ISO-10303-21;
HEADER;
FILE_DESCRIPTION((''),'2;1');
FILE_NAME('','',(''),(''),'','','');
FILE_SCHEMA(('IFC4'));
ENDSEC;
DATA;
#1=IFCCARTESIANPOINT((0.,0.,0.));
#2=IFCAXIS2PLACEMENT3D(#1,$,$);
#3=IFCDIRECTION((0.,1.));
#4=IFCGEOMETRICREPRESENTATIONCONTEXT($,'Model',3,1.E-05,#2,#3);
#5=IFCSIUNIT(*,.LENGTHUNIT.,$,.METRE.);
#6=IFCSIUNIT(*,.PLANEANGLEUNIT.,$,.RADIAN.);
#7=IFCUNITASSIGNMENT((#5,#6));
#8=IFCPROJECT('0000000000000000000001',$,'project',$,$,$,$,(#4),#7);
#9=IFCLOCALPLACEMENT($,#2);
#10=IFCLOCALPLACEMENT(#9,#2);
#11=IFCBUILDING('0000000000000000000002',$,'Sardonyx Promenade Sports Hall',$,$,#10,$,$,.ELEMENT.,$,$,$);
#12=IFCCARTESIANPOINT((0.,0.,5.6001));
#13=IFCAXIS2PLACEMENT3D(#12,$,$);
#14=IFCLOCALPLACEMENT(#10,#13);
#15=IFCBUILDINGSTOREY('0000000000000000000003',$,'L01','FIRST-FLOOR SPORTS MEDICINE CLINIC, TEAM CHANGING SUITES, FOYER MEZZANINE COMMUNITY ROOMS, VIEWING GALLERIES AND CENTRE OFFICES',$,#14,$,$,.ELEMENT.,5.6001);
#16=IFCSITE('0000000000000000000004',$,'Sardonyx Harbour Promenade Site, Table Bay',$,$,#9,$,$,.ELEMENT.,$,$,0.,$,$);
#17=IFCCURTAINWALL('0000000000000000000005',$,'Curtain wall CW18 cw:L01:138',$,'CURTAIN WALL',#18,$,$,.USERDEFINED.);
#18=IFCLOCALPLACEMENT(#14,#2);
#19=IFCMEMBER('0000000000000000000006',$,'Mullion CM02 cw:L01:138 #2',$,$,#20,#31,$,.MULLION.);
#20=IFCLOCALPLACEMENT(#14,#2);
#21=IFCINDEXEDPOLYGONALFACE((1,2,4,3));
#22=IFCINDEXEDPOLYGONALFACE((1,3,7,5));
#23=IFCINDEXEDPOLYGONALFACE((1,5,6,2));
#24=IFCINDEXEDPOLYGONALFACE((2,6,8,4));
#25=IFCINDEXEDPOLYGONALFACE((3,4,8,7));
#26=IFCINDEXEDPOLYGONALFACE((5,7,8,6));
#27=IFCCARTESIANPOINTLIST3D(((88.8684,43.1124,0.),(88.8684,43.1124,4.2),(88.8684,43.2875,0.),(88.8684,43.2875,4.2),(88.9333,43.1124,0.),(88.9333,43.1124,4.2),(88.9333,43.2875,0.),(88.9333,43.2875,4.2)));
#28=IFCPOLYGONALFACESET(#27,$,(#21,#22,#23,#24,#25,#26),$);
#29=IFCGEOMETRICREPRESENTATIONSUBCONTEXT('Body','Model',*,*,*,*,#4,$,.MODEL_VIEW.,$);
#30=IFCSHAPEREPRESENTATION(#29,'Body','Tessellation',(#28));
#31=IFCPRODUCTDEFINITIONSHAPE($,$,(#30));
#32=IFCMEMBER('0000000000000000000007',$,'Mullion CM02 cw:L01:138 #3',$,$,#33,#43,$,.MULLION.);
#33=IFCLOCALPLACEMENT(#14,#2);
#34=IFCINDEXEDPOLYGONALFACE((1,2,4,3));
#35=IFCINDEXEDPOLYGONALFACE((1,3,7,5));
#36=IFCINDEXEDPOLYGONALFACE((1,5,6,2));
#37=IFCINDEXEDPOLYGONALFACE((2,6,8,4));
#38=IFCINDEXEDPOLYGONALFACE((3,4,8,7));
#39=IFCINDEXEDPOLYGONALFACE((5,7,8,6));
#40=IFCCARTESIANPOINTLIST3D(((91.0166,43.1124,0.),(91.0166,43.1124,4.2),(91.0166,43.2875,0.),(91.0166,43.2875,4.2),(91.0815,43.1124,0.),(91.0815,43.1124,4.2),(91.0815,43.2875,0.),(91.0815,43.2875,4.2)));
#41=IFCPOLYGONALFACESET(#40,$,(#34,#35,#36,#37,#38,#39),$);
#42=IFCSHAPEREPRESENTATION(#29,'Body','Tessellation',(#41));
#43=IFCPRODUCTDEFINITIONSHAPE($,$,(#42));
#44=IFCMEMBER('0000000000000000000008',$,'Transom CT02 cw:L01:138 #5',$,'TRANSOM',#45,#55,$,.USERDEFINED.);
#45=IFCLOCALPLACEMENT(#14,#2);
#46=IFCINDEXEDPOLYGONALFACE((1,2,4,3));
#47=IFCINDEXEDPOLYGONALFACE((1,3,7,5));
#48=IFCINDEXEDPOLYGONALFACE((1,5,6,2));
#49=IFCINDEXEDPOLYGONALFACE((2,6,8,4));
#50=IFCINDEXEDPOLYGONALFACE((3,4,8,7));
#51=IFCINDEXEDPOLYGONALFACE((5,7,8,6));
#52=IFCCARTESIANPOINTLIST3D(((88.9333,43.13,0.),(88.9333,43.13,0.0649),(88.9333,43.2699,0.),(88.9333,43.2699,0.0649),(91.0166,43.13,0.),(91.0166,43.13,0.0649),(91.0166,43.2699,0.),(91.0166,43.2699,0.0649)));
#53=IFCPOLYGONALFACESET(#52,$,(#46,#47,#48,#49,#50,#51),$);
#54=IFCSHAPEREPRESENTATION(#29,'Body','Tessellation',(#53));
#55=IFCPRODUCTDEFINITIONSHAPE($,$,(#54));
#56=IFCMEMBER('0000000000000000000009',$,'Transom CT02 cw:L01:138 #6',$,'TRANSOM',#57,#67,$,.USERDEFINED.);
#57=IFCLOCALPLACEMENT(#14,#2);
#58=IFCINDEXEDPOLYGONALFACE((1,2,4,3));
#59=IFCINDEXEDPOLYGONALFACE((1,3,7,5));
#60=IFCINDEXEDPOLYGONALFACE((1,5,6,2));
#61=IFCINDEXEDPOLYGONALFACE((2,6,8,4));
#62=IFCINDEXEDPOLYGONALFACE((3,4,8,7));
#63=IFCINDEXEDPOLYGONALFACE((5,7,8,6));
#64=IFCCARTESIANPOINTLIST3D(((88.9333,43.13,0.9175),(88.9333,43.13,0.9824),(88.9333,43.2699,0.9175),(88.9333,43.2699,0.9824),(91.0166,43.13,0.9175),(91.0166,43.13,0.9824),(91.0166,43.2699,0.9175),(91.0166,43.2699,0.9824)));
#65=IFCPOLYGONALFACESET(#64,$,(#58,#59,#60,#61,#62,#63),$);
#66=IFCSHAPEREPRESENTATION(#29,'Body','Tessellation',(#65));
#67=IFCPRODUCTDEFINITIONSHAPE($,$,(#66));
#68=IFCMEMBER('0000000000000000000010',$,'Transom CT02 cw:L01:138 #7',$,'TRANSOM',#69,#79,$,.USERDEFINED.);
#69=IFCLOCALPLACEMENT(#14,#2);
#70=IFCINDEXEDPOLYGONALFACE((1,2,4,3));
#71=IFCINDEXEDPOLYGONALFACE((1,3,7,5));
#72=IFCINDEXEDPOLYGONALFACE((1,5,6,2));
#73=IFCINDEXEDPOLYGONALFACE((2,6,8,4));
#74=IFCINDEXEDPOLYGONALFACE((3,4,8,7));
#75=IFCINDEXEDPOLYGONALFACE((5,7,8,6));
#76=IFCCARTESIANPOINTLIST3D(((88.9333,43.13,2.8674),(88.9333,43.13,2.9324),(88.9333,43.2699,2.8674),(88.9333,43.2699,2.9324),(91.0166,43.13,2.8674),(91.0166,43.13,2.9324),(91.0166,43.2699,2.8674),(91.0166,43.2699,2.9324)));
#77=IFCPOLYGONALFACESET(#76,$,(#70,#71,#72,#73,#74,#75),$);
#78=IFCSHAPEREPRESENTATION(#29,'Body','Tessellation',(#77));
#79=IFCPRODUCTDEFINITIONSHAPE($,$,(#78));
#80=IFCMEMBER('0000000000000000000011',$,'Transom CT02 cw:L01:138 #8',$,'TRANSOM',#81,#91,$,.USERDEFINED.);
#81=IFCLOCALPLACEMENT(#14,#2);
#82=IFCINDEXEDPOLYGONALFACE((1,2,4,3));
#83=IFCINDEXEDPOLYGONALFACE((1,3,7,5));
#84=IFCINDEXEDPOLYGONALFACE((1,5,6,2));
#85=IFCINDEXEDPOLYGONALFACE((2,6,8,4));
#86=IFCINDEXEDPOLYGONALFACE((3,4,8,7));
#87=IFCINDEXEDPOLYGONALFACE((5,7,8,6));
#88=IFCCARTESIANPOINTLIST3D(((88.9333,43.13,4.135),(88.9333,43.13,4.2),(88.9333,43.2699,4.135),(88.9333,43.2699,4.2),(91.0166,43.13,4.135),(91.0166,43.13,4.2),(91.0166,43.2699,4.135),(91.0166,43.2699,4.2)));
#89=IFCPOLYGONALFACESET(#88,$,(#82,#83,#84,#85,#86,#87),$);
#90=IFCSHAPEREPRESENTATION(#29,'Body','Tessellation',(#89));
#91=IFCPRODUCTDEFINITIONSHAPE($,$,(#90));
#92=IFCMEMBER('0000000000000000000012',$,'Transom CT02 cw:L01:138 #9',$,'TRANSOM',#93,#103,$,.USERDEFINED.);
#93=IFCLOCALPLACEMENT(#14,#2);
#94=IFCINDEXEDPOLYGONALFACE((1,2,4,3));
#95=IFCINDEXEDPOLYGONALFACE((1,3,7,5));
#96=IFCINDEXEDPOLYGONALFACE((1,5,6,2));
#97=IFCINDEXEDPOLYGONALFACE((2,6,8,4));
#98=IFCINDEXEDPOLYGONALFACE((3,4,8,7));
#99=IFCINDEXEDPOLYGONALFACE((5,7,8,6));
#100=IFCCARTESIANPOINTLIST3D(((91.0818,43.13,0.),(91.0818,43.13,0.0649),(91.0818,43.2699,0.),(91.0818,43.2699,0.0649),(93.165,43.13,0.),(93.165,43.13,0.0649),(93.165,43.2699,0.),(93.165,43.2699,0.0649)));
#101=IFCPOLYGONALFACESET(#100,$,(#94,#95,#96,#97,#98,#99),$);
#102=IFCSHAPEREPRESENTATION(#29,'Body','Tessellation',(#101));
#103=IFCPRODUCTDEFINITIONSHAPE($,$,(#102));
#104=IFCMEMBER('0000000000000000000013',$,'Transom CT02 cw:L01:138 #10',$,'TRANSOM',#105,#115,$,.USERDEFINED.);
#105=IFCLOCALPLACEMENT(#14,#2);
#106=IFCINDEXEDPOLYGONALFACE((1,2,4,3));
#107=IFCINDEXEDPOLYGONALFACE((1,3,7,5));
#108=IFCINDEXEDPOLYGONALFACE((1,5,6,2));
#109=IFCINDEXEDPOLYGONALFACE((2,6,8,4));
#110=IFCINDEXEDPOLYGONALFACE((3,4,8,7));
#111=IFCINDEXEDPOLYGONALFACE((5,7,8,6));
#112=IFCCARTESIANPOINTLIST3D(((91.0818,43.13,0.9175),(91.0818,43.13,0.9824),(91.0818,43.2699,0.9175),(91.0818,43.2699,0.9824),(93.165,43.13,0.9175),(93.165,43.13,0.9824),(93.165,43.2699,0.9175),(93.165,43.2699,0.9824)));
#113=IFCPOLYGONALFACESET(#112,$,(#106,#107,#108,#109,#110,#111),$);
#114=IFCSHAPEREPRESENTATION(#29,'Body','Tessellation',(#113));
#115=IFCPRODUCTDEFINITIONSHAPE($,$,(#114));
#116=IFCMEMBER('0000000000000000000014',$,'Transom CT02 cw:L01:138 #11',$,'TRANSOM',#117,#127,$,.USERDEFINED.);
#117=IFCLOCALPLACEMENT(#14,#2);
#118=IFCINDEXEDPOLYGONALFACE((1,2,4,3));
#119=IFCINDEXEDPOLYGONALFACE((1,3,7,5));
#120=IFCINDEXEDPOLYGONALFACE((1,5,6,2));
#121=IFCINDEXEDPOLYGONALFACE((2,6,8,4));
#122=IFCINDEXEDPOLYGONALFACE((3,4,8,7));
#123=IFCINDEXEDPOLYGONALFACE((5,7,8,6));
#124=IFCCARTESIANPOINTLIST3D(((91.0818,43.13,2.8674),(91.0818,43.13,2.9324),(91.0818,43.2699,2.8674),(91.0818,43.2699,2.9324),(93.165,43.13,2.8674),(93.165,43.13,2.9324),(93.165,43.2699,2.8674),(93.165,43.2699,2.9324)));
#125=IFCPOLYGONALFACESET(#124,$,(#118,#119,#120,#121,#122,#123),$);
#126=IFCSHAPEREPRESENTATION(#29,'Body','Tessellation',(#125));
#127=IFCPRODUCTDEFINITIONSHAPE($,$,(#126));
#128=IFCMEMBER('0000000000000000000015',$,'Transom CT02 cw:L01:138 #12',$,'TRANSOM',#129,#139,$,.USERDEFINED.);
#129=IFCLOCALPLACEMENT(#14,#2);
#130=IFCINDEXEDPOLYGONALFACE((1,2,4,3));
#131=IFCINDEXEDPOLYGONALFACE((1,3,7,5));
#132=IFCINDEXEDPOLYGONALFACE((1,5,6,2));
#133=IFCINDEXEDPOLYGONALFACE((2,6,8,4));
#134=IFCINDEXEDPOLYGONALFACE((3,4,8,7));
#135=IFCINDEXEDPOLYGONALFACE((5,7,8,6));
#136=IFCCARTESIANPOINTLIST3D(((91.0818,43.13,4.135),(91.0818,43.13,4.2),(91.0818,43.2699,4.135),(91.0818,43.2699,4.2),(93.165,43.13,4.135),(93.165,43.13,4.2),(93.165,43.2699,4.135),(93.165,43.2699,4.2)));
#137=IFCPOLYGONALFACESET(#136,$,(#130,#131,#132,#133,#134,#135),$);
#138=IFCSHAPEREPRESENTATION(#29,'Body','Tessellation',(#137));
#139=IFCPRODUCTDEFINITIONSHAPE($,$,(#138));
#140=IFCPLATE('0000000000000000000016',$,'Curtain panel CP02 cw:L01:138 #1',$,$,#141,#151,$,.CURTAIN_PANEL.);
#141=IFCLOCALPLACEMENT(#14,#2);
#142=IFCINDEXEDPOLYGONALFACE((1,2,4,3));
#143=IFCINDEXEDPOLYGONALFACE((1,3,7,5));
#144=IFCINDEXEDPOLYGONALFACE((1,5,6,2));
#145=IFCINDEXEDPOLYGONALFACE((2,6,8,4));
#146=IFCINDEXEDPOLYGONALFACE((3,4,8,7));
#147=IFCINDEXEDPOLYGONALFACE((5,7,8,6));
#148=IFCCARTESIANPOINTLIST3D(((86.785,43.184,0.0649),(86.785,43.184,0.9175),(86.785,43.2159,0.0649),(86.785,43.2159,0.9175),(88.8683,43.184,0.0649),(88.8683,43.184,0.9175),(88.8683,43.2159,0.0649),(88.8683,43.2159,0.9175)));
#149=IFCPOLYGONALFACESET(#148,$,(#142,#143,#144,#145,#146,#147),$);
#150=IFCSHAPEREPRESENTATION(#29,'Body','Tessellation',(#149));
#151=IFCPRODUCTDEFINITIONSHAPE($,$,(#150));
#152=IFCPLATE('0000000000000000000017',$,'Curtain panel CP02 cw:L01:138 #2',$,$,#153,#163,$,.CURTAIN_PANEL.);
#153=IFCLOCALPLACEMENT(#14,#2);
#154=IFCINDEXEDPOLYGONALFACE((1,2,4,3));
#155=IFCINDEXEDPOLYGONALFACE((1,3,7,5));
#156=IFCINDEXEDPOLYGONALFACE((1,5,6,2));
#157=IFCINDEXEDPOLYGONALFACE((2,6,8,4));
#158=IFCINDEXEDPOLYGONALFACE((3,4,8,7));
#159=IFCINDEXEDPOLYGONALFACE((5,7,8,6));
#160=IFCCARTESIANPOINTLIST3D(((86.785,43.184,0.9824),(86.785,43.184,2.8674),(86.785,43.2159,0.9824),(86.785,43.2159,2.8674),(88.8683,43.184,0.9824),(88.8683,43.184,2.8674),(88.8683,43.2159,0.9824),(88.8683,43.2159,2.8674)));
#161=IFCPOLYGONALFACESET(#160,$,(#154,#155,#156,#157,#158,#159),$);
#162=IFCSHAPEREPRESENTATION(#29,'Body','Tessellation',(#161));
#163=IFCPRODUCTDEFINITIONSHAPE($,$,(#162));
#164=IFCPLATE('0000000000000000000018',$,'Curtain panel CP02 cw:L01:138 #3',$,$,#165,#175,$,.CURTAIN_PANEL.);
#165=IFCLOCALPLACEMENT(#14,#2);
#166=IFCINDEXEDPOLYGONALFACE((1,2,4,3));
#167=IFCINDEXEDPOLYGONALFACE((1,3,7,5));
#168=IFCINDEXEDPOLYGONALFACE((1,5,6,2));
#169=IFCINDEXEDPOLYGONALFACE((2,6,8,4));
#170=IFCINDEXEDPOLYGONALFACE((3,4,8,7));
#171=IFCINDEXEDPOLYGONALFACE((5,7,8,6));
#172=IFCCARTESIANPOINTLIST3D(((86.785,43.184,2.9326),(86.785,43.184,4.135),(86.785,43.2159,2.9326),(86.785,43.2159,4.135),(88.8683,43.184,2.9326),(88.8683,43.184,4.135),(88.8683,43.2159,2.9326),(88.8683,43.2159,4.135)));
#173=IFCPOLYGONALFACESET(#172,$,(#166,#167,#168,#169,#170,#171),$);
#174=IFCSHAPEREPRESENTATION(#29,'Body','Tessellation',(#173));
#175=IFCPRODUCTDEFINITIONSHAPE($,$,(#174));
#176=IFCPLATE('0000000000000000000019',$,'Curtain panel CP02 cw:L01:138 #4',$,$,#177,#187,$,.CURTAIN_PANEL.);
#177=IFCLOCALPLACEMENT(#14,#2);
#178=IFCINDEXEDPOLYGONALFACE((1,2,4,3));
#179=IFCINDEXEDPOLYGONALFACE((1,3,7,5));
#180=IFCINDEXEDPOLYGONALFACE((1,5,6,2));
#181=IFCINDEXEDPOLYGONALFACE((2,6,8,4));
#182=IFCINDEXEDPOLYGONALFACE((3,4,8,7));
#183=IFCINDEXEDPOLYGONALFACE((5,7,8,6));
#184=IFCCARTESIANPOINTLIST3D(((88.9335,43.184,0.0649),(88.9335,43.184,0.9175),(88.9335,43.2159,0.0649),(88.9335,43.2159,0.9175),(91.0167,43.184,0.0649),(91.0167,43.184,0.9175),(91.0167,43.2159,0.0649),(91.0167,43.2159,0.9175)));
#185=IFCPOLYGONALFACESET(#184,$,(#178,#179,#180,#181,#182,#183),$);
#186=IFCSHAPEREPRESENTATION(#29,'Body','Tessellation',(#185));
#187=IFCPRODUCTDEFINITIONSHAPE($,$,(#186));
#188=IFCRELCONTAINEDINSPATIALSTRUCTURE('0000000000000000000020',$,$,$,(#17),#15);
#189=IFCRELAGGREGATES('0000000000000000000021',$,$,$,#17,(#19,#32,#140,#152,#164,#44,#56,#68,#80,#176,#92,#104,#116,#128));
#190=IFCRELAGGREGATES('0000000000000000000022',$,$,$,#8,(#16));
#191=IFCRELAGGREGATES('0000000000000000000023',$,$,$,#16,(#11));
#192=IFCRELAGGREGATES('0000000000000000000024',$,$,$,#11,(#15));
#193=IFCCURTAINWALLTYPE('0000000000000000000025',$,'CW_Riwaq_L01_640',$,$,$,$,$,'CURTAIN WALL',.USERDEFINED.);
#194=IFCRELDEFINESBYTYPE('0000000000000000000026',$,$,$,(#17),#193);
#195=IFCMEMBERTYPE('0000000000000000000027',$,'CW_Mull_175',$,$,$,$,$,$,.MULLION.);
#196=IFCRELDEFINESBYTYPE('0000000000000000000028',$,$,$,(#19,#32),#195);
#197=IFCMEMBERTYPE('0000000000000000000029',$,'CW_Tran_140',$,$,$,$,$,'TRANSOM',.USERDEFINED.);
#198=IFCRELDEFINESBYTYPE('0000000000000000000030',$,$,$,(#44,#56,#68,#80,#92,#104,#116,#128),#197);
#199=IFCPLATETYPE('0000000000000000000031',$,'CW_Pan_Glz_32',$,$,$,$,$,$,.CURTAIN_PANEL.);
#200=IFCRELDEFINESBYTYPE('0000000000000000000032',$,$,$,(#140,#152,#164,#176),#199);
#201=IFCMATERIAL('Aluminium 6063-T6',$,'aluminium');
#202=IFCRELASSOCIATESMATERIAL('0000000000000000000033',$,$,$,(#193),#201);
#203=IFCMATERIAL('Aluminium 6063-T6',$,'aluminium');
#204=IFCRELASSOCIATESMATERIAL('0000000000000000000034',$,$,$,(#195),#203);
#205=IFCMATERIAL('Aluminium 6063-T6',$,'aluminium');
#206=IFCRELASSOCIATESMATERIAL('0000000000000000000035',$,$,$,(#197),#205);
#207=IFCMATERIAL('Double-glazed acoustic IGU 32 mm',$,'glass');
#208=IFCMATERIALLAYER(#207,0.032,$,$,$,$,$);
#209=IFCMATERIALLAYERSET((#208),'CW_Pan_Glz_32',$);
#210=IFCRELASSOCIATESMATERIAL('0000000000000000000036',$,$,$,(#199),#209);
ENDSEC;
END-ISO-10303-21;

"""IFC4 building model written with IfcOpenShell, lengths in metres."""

from ifc_helpers import new_model, si_unit, direction, frame, origin, origin_2d, place, context, subcontext, project, spatial, rectangle, extrude, material, layer, layer_set, material_profile, profile_set, type_object, element, aggregate, save


model = new_model("IFC4")

# Units and contexts
model_context = context("Model", 3, precision=1e-05, world=origin(), true_north=direction((0.0, 1.0)))
body_context = subcontext(model_context, "Body", "Model", "MODEL_VIEW")
ifc_project = project(units=[si_unit("LENGTHUNIT", "METRE"), si_unit("PLANEANGLEUNIT", "RADIAN")], contexts=[model_context])

# Site, building, storey
site_placement = place(None, origin())
site = spatial("IfcSite", under=ifc_project, at=site_placement, Name="Sardonyx Harbour Promenade Site, Table Bay", CompositionType="ELEMENT", RefElevation=0.0)
building_placement = place(site_placement, origin())
building = spatial("IfcBuilding", under=site, at=building_placement, Name="Sardonyx Promenade Sports Hall", CompositionType="ELEMENT")
storey_placement = place(building_placement, frame((0.0, 0.0, 5.6001)))
storey = spatial("IfcBuildingStorey", under=building, at=storey_placement, Name="L01", Description="FIRST-FLOOR SPORTS MEDICINE CLINIC, TEAM CHANGING SUITES, FOYER MEZZANINE COMMUNITY ROOMS, VIEWING GALLERIES AND CENTRE OFFICES", CompositionType="ELEMENT", Elevation=5.6001)

# Curtain wall, members, plates
ifc_material_1 = material(Name="Aluminium 6063-T6", Category="aluminium")
curtain_wall_type = type_object("IfcCurtainWallType", Name="CW_Riwaq_L01_640", ElementType="CURTAIN WALL", PredefinedType="USERDEFINED", material=ifc_material_1)
curtain_wall_placement = place(storey_placement, origin())
curtain_wall = element("IfcCurtainWall", 1, at=curtain_wall_placement, inside=storey, type_object=curtain_wall_type, Name="Curtain wall CW18 cw:L01:138", ObjectType="CURTAIN WALL", PredefinedType="USERDEFINED")
ifc_material_2 = material(Name="Aluminium 6063-T6", Category="aluminium")
ifc_material_profile_1 = material_profile(ifc_material_2, rectangle(XDim=0.0649, YDim=0.175, at=origin_2d()))
ifc_profile_set_1 = profile_set([ifc_material_profile_1], Name="Aluminium 6063-T6")
member_type_1 = type_object("IfcMemberType", Name="CW_Mull_175", PredefinedType="MULLION", material=ifc_profile_set_1)
member_1_placement = place(storey_placement, frame((88.9009, 43.2, 0.0), z_axis=(0.0, 0.0, 1.0), x_axis=(1.0, 0.0, 0.0)))
member_1 = element("IfcMember", 2, at=member_1_placement, type_object=member_type_1, Name="Mullion CM02 cw:L01:138 #2", PredefinedType="MULLION", context=body_context, shape_type="SweptSolid", body=[
    extrude(rectangle(XDim=0.0649, YDim=0.175, at=origin_2d()), origin(), (0.0, 0.0, 1.0), 4.2),
])
member_2_placement = place(storey_placement, frame((91.0491, 43.2, 0.0), z_axis=(0.0, 0.0, 1.0), x_axis=(1.0, 0.0, 0.0)))
member_2 = element("IfcMember", 3, at=member_2_placement, type_object=member_type_1, Name="Mullion CM02 cw:L01:138 #3", PredefinedType="MULLION", context=body_context, shape_type="SweptSolid", body=[
    extrude(rectangle(XDim=0.0649, YDim=0.175, at=origin_2d()), origin(), (0.0, 0.0, 1.0), 4.2),
])
ifc_material_3 = material(Name="Aluminium 6063-T6", Category="aluminium")
ifc_material_profile_2 = material_profile(ifc_material_3, rectangle(XDim=0.0649, YDim=0.1399, at=origin_2d()))
ifc_profile_set_2 = profile_set([ifc_material_profile_2], Name="Aluminium 6063-T6")
member_type_2 = type_object("IfcMemberType", Name="CW_Tran_140", ElementType="TRANSOM", PredefinedType="USERDEFINED", material=ifc_profile_set_2)
member_3_placement = place(storey_placement, frame((88.9333, 43.2, 0.0325), z_axis=(1.0, 0.0, 0.0), x_axis=(0.0, 0.0, 1.0)))
member_3 = element("IfcMember", 4, at=member_3_placement, type_object=member_type_2, Name="Transom CT02 cw:L01:138 #5", ObjectType="TRANSOM", PredefinedType="USERDEFINED", context=body_context, shape_type="SweptSolid", body=[
    extrude(rectangle(XDim=0.0649, YDim=0.1399, at=origin_2d()), origin(), (0.0, 0.0, 1.0), 2.0833),
])
member_4_placement = place(storey_placement, frame((88.9333, 43.2, 0.95), z_axis=(1.0, 0.0, 0.0), x_axis=(0.0, 0.0, 1.0)))
member_4 = element("IfcMember", 5, at=member_4_placement, type_object=member_type_2, Name="Transom CT02 cw:L01:138 #6", ObjectType="TRANSOM", PredefinedType="USERDEFINED", context=body_context, shape_type="SweptSolid", body=[
    extrude(rectangle(XDim=0.0649, YDim=0.1399, at=origin_2d()), origin(), (0.0, 0.0, 1.0), 2.0833),
])
member_5_placement = place(storey_placement, frame((88.9333, 43.2, 2.8999), z_axis=(1.0, 0.0, 0.0), x_axis=(0.0, 0.0, 1.0)))
member_5 = element("IfcMember", 6, at=member_5_placement, type_object=member_type_2, Name="Transom CT02 cw:L01:138 #7", ObjectType="TRANSOM", PredefinedType="USERDEFINED", context=body_context, shape_type="SweptSolid", body=[
    extrude(rectangle(XDim=0.0649, YDim=0.1399, at=origin_2d()), origin(), (0.0, 0.0, 1.0), 2.0833),
])
member_6_placement = place(storey_placement, frame((88.9333, 43.2, 4.1675), z_axis=(1.0, 0.0, 0.0), x_axis=(0.0, 0.0, 1.0)))
member_6 = element("IfcMember", 7, at=member_6_placement, type_object=member_type_2, Name="Transom CT02 cw:L01:138 #8", ObjectType="TRANSOM", PredefinedType="USERDEFINED", context=body_context, shape_type="SweptSolid", body=[
    extrude(rectangle(XDim=0.0649, YDim=0.1399, at=origin_2d()), origin(), (0.0, 0.0, 1.0), 2.0833),
])
member_7_placement = place(storey_placement, frame((91.0818, 43.2, 0.0325), z_axis=(1.0, 0.0, 0.0), x_axis=(0.0, 0.0, 1.0)))
member_7 = element("IfcMember", 8, at=member_7_placement, type_object=member_type_2, Name="Transom CT02 cw:L01:138 #9", ObjectType="TRANSOM", PredefinedType="USERDEFINED", context=body_context, shape_type="SweptSolid", body=[
    extrude(rectangle(XDim=0.0649, YDim=0.1399, at=origin_2d()), origin(), (0.0, 0.0, 1.0), 2.0833),
])
member_8_placement = place(storey_placement, frame((91.0818, 43.2, 0.95), z_axis=(1.0, 0.0, 0.0), x_axis=(0.0, 0.0, 1.0)))
member_8 = element("IfcMember", 9, at=member_8_placement, type_object=member_type_2, Name="Transom CT02 cw:L01:138 #10", ObjectType="TRANSOM", PredefinedType="USERDEFINED", context=body_context, shape_type="SweptSolid", body=[
    extrude(rectangle(XDim=0.0649, YDim=0.1399, at=origin_2d()), origin(), (0.0, 0.0, 1.0), 2.0833),
])
member_9_placement = place(storey_placement, frame((91.0818, 43.2, 2.8999), z_axis=(1.0, 0.0, 0.0), x_axis=(0.0, 0.0, 1.0)))
member_9 = element("IfcMember", 10, at=member_9_placement, type_object=member_type_2, Name="Transom CT02 cw:L01:138 #11", ObjectType="TRANSOM", PredefinedType="USERDEFINED", context=body_context, shape_type="SweptSolid", body=[
    extrude(rectangle(XDim=0.0649, YDim=0.1399, at=origin_2d()), origin(), (0.0, 0.0, 1.0), 2.0833),
])
member_10_placement = place(storey_placement, frame((91.0818, 43.2, 4.1675), z_axis=(1.0, 0.0, 0.0), x_axis=(0.0, 0.0, 1.0)))
member_10 = element("IfcMember", 11, at=member_10_placement, type_object=member_type_2, Name="Transom CT02 cw:L01:138 #12", ObjectType="TRANSOM", PredefinedType="USERDEFINED", context=body_context, shape_type="SweptSolid", body=[
    extrude(rectangle(XDim=0.0649, YDim=0.1399, at=origin_2d()), origin(), (0.0, 0.0, 1.0), 2.0833),
])
ifc_material_4 = material(Name="Double-glazed acoustic IGU 32 mm", Category="glass")
ifc_layer_1 = layer(ifc_material_4, 0.032)
ifc_layer_set_1 = layer_set([ifc_layer_1], Name="CW_Pan_Glz_32")
plate_type = type_object("IfcPlateType", Name="CW_Pan_Glz_32", PredefinedType="CURTAIN_PANEL", material=ifc_layer_set_1)
plate_1_placement = place(storey_placement, frame((87.8267, 43.2, 0.0649), z_axis=(0.0, 0.0, 1.0), x_axis=(1.0, 0.0, 0.0)))
plate_1 = element("IfcPlate", 12, at=plate_1_placement, type_object=plate_type, Name="Curtain panel CP02 cw:L01:138 #1", PredefinedType="CURTAIN_PANEL", context=body_context, shape_type="SweptSolid", body=[
    extrude(rectangle(XDim=2.0833, YDim=0.032, at=origin_2d()), origin(), (0.0, 0.0, 1.0), 0.8525),
])
plate_2_placement = place(storey_placement, frame((87.8267, 43.2, 0.9824), z_axis=(0.0, 0.0, 1.0), x_axis=(1.0, 0.0, 0.0)))
plate_2 = element("IfcPlate", 13, at=plate_2_placement, type_object=plate_type, Name="Curtain panel CP02 cw:L01:138 #2", PredefinedType="CURTAIN_PANEL", context=body_context, shape_type="SweptSolid", body=[
    extrude(rectangle(XDim=2.0833, YDim=0.032, at=origin_2d()), origin(), (0.0, 0.0, 1.0), 1.885),
])
plate_3_placement = place(storey_placement, frame((87.8267, 43.2, 2.9326), z_axis=(0.0, 0.0, 1.0), x_axis=(1.0, 0.0, 0.0)))
plate_3 = element("IfcPlate", 14, at=plate_3_placement, type_object=plate_type, Name="Curtain panel CP02 cw:L01:138 #3", PredefinedType="CURTAIN_PANEL", context=body_context, shape_type="SweptSolid", body=[
    extrude(rectangle(XDim=2.0833, YDim=0.032, at=origin_2d()), origin(), (0.0, 0.0, 1.0), 1.2024),
])
plate_4_placement = place(storey_placement, frame((89.9751, 43.2, 0.0649), z_axis=(0.0, 0.0, 1.0), x_axis=(1.0, 0.0, 0.0)))
plate_4 = element("IfcPlate", 15, at=plate_4_placement, type_object=plate_type, Name="Curtain panel CP02 cw:L01:138 #4", PredefinedType="CURTAIN_PANEL", context=body_context, shape_type="SweptSolid", body=[
    extrude(rectangle(XDim=2.0833, YDim=0.032, at=origin_2d()), origin(), (0.0, 0.0, 1.0), 0.8525),
])
aggregate(curtain_wall, [member_1, member_2, plate_1, plate_2, plate_3, member_3, member_4, member_5, member_6, plate_4, member_7, member_8, member_9, member_10])

save(model, "model.ifc")
